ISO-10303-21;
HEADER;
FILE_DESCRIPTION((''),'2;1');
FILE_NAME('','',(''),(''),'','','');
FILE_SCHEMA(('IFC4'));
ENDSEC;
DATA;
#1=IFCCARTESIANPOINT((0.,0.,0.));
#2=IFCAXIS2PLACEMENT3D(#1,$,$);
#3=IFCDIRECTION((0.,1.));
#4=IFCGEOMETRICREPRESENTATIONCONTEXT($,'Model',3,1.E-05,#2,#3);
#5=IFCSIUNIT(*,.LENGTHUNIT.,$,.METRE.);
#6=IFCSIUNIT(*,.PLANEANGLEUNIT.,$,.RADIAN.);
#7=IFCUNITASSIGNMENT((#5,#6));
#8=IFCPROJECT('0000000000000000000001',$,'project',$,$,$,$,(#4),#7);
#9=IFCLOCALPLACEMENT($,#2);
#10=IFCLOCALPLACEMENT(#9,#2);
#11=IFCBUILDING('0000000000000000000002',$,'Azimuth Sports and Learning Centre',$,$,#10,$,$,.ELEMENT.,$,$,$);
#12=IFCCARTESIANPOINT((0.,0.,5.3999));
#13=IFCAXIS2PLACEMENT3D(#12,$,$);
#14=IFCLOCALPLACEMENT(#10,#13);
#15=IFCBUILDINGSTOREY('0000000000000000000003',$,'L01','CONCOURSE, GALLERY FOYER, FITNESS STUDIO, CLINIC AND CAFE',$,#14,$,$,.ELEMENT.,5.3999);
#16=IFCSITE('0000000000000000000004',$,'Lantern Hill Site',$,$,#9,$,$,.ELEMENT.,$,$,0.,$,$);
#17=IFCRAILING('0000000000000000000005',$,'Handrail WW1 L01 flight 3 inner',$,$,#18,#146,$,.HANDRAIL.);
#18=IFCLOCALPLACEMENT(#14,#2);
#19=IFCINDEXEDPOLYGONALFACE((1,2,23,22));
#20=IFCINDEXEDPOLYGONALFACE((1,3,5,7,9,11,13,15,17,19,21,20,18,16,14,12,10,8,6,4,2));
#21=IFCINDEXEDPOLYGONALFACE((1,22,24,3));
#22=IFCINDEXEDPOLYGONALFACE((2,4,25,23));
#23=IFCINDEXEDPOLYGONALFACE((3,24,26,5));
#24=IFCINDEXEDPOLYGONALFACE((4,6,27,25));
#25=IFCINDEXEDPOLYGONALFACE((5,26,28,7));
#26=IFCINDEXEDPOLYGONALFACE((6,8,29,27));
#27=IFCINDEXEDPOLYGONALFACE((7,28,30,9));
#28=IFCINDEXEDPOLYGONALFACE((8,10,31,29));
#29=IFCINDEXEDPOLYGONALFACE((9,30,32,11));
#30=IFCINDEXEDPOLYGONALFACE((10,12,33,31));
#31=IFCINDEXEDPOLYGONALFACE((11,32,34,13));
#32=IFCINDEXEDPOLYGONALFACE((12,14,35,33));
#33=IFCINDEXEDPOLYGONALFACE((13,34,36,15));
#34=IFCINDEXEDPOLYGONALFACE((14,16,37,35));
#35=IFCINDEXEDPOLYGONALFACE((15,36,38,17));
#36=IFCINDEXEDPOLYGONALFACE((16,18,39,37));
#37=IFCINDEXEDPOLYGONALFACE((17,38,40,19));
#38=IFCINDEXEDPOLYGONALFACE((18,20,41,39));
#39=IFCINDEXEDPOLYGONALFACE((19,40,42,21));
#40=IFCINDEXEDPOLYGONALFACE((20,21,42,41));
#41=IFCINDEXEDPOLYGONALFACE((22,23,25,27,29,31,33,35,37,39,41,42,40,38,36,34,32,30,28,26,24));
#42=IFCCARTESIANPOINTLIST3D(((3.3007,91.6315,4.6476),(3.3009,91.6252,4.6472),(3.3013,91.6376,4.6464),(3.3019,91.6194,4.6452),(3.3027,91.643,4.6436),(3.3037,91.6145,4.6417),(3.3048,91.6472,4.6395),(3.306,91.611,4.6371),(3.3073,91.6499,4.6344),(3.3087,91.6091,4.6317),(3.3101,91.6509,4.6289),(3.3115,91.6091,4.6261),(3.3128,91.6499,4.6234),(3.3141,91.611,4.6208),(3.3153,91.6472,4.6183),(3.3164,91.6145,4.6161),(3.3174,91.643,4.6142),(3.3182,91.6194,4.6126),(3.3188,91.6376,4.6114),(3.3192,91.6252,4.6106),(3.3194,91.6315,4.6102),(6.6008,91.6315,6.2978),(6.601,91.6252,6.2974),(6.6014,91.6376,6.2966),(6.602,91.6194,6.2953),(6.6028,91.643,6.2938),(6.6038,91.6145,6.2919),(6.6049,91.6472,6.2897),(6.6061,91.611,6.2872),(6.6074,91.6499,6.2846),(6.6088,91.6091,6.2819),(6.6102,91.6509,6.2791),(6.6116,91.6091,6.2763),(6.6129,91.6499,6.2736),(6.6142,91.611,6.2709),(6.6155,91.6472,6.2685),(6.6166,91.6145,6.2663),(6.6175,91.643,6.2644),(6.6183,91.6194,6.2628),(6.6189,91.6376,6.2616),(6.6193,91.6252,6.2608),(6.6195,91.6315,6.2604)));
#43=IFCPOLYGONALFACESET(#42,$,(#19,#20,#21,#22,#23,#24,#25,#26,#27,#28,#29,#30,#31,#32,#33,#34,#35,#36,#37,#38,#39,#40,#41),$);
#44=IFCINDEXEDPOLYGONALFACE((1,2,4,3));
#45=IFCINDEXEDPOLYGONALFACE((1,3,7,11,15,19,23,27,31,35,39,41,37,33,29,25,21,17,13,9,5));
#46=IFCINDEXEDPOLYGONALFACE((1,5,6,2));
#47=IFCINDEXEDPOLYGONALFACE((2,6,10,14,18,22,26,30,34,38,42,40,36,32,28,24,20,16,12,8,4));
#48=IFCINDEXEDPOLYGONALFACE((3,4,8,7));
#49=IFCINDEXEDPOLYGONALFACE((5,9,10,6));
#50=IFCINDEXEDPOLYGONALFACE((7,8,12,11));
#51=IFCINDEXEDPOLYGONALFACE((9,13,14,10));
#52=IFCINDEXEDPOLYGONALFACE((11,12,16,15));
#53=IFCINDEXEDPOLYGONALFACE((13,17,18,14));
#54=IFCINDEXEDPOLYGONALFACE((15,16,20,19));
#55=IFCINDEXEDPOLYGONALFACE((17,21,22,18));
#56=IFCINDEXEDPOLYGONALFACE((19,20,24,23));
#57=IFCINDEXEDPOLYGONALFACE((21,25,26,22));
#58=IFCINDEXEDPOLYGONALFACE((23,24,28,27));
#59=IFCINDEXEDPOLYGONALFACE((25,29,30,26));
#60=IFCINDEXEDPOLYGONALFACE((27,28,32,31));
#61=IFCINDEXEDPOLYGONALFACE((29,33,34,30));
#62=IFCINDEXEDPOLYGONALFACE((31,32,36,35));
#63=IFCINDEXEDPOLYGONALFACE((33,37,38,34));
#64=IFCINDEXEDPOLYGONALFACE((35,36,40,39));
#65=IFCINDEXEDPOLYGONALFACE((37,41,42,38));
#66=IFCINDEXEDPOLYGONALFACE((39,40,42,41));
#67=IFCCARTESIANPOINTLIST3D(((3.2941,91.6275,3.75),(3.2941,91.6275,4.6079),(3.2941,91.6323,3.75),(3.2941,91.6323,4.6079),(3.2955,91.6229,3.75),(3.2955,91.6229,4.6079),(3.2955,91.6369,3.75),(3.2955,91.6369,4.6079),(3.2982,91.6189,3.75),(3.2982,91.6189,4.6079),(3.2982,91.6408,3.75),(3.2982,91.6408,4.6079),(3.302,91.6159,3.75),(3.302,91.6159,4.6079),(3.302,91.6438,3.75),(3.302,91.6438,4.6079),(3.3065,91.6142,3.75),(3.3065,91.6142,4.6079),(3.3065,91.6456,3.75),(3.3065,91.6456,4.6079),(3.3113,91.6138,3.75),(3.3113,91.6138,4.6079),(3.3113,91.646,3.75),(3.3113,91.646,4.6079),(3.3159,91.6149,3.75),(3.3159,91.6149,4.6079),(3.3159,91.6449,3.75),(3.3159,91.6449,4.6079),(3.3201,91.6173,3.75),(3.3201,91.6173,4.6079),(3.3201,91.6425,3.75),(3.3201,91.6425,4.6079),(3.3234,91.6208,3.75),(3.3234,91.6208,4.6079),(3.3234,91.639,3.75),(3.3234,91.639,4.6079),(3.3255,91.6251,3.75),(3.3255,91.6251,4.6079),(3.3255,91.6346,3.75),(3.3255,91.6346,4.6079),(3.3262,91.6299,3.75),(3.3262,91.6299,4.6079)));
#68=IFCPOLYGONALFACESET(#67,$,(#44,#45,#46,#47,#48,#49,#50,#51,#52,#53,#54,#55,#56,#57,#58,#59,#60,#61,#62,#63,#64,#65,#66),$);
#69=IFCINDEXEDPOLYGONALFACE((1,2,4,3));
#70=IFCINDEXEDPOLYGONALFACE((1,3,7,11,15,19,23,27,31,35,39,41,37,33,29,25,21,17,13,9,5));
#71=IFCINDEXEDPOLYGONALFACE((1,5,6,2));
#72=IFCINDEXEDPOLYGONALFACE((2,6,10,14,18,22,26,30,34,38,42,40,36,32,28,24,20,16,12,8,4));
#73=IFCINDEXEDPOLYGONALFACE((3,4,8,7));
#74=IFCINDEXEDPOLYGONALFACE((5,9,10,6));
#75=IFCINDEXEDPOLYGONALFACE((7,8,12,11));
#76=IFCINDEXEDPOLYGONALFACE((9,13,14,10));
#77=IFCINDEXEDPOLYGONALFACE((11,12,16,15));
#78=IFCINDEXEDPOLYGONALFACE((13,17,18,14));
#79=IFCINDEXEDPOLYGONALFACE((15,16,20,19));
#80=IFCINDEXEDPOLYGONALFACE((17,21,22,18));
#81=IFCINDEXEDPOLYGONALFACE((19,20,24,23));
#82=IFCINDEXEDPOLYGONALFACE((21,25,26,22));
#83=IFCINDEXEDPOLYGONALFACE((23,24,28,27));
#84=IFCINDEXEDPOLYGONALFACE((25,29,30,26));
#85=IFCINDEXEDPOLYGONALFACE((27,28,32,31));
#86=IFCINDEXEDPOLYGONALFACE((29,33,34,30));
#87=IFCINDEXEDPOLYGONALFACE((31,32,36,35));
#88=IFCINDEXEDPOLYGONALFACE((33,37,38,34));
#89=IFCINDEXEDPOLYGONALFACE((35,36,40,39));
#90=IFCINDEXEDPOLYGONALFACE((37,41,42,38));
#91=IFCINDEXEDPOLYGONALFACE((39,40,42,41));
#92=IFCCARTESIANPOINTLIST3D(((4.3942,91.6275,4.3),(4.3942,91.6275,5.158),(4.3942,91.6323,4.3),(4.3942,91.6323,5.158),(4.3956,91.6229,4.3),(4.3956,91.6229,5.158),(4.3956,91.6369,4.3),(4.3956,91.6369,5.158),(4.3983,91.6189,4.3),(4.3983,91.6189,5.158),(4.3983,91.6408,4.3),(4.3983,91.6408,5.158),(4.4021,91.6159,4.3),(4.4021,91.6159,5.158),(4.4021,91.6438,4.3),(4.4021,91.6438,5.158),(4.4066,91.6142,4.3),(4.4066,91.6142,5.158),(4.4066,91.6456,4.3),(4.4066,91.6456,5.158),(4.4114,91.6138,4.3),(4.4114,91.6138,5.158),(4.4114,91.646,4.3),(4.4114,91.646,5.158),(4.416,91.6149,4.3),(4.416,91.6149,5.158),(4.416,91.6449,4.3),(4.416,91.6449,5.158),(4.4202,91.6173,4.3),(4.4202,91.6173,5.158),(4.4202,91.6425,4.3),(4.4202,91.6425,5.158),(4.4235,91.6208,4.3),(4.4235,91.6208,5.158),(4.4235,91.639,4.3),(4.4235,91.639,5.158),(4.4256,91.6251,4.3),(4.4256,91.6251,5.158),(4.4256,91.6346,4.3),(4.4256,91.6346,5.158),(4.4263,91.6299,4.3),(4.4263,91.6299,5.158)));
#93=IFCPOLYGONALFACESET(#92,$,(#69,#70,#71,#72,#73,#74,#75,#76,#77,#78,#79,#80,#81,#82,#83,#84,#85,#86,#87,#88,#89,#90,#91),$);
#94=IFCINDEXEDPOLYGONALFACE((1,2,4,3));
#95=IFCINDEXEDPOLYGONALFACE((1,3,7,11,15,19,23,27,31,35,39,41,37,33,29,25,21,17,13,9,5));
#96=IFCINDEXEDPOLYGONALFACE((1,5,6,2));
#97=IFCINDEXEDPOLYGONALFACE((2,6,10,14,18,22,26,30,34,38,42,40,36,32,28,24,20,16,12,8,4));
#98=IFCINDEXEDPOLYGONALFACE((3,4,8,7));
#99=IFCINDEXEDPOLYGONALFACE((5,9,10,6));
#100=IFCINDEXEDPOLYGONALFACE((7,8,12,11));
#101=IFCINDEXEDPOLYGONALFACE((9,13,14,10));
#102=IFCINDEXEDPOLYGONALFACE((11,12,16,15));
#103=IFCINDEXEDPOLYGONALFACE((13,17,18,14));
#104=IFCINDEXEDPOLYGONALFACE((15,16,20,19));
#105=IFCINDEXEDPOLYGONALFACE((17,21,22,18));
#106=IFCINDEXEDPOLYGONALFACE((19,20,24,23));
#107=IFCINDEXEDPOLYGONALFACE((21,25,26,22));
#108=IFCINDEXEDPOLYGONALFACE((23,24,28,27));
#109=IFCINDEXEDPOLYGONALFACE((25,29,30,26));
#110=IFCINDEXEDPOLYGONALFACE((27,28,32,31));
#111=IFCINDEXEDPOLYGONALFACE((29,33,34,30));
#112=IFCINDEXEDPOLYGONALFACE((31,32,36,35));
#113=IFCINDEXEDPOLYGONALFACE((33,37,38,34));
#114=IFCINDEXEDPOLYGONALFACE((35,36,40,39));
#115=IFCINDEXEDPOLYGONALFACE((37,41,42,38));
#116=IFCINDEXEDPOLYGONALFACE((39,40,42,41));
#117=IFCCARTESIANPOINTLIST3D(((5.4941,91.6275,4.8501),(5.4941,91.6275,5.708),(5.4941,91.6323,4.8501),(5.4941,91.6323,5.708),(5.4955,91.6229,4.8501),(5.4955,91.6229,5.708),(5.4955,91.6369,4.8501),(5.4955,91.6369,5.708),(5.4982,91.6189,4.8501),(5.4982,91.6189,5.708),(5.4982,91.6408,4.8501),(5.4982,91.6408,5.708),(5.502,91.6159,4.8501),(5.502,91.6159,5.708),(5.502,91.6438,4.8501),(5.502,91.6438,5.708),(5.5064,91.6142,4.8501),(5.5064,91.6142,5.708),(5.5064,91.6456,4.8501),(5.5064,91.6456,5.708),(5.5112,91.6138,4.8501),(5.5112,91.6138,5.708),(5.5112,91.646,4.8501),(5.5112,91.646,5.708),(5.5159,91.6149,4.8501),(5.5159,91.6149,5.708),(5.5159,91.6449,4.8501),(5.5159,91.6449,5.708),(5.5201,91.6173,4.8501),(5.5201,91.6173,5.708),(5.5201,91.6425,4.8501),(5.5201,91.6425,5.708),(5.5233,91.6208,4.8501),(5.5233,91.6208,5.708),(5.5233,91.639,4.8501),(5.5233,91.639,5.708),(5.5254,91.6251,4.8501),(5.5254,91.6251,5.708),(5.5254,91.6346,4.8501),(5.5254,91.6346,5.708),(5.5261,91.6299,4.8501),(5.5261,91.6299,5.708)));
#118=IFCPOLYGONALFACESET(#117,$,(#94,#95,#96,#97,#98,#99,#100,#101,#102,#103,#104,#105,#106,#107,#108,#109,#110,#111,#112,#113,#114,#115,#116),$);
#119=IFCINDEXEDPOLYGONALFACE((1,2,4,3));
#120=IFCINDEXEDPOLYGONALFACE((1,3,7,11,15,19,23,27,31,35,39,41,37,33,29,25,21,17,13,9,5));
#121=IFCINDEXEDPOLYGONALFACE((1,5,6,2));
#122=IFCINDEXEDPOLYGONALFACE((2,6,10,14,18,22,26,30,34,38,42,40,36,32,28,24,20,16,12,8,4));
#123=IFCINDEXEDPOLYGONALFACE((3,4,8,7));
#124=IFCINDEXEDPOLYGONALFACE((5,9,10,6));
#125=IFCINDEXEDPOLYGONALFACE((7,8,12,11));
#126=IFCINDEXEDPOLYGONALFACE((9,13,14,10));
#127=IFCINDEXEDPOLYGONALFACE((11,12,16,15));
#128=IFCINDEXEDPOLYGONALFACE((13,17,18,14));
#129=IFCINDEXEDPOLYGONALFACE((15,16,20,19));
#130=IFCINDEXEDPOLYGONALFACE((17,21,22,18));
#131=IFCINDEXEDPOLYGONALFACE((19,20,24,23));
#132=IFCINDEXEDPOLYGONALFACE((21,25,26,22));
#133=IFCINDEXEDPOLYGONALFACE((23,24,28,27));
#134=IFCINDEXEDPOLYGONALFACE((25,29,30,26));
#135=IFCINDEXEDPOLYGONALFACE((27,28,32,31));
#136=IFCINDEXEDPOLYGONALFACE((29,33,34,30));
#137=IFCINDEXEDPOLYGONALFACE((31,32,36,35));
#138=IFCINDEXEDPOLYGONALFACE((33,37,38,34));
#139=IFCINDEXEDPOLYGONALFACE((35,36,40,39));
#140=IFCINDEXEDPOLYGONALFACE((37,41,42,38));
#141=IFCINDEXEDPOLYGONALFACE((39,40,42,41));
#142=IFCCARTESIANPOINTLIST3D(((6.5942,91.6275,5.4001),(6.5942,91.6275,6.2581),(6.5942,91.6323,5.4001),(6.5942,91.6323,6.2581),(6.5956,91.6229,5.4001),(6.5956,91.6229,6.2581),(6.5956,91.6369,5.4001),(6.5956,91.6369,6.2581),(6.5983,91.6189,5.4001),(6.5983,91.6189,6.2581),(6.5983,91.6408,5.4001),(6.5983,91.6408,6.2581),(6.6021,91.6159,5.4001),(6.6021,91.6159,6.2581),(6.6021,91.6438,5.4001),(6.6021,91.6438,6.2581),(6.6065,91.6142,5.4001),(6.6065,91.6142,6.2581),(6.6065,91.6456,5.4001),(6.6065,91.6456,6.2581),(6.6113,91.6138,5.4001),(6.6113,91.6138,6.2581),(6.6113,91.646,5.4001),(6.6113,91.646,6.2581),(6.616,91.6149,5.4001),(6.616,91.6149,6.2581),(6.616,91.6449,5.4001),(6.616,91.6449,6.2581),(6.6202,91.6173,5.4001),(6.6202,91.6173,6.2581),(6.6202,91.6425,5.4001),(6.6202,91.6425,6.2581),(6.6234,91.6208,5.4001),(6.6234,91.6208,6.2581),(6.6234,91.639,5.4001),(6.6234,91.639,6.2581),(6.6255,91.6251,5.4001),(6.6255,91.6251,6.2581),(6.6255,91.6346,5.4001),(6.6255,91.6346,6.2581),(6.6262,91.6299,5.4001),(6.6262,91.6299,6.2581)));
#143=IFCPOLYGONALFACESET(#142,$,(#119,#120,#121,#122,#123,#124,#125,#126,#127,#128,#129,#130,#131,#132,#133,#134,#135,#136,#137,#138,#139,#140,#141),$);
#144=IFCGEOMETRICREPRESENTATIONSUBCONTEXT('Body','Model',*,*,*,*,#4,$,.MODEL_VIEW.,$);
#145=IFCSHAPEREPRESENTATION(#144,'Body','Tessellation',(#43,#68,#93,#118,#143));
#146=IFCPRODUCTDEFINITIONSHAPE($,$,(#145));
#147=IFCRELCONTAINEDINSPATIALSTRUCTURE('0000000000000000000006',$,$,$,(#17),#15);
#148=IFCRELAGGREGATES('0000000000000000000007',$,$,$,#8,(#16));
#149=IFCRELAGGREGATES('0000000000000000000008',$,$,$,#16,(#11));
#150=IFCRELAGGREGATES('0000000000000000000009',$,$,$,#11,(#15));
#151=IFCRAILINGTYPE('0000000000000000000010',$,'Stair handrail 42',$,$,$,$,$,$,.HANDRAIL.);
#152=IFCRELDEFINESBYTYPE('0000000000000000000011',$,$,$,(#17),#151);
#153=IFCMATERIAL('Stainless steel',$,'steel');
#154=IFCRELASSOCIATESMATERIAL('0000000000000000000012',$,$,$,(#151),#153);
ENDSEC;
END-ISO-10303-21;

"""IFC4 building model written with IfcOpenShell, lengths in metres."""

from ifc_helpers import new_model, si_unit, direction, frame, origin, origin_2d, place, context, subcontext, project, spatial, circle, extrude, material, type_object, element, save


model = new_model("IFC4")

# Units and contexts
model_context = context("Model", 3, precision=1e-05, world=origin(), true_north=direction((0.0, 1.0)))
body_context = subcontext(model_context, "Body", "Model", "MODEL_VIEW")
ifc_project = project(units=[si_unit("LENGTHUNIT", "METRE"), si_unit("PLANEANGLEUNIT", "RADIAN")], contexts=[model_context])

# Site, building, storey
site_placement = place(None, origin())
site = spatial("IfcSite", under=ifc_project, at=site_placement, Name="Lantern Hill Site", CompositionType="ELEMENT", RefElevation=0.0)
building_placement = place(site_placement, origin())
building = spatial("IfcBuilding", under=site, at=building_placement, Name="Azimuth Sports and Learning Centre", CompositionType="ELEMENT")
storey_placement = place(building_placement, frame((0.0, 0.0, 5.3999)))
storey = spatial("IfcBuildingStorey", under=building, at=storey_placement, Name="L01", Description="CONCOURSE, GALLERY FOYER, FITNESS STUDIO, CLINIC AND CAFE", CompositionType="ELEMENT", Elevation=5.3999)

# Railing
ifc_material_1 = material(Name="Stainless steel", Category="steel")
railing_type_1 = type_object("IfcRailingType", Name="Stair handrail 42", PredefinedType="HANDRAIL", material=ifc_material_1)
for number, where, name in (
    (1, (3.3101, 91.6299, 3.75), "Handrail WW1 L01 flight 3 inner"),
):
    element("IfcRailing", number, at=place(storey_placement, frame(where)), inside=storey, type_object=railing_type_1, Name=name, PredefinedType="HANDRAIL", context=body_context, shape_type="SweptSolid", body=[
        extrude(circle(Radius=0.021, at=origin_2d()), frame((0.0, 0.0, 0.8789), z_axis=(0.894414, 0.0, 0.44724), x_axis=(0.0, 1.0, 0.0)), (0.0, 0.0, 1.0), 3.6897),
        extrude(circle(Radius=0.0161, at=origin_2d()), origin(), (0.0, 0.0, 1.0), 0.8579),
        extrude(circle(Radius=0.0161, at=origin_2d()), frame((1.1001, 0.0, 0.55)), (0.0, 0.0, 1.0), 0.8579),
        extrude(circle(Radius=0.0161, at=origin_2d()), frame((2.2, 0.0, 1.1001)), (0.0, 0.0, 1.0), 0.8579),
        extrude(circle(Radius=0.0161, at=origin_2d()), frame((3.3, 0.0, 1.6501)), (0.0, 0.0, 1.0), 0.8579),
    ])

save(model, "model.ifc")
